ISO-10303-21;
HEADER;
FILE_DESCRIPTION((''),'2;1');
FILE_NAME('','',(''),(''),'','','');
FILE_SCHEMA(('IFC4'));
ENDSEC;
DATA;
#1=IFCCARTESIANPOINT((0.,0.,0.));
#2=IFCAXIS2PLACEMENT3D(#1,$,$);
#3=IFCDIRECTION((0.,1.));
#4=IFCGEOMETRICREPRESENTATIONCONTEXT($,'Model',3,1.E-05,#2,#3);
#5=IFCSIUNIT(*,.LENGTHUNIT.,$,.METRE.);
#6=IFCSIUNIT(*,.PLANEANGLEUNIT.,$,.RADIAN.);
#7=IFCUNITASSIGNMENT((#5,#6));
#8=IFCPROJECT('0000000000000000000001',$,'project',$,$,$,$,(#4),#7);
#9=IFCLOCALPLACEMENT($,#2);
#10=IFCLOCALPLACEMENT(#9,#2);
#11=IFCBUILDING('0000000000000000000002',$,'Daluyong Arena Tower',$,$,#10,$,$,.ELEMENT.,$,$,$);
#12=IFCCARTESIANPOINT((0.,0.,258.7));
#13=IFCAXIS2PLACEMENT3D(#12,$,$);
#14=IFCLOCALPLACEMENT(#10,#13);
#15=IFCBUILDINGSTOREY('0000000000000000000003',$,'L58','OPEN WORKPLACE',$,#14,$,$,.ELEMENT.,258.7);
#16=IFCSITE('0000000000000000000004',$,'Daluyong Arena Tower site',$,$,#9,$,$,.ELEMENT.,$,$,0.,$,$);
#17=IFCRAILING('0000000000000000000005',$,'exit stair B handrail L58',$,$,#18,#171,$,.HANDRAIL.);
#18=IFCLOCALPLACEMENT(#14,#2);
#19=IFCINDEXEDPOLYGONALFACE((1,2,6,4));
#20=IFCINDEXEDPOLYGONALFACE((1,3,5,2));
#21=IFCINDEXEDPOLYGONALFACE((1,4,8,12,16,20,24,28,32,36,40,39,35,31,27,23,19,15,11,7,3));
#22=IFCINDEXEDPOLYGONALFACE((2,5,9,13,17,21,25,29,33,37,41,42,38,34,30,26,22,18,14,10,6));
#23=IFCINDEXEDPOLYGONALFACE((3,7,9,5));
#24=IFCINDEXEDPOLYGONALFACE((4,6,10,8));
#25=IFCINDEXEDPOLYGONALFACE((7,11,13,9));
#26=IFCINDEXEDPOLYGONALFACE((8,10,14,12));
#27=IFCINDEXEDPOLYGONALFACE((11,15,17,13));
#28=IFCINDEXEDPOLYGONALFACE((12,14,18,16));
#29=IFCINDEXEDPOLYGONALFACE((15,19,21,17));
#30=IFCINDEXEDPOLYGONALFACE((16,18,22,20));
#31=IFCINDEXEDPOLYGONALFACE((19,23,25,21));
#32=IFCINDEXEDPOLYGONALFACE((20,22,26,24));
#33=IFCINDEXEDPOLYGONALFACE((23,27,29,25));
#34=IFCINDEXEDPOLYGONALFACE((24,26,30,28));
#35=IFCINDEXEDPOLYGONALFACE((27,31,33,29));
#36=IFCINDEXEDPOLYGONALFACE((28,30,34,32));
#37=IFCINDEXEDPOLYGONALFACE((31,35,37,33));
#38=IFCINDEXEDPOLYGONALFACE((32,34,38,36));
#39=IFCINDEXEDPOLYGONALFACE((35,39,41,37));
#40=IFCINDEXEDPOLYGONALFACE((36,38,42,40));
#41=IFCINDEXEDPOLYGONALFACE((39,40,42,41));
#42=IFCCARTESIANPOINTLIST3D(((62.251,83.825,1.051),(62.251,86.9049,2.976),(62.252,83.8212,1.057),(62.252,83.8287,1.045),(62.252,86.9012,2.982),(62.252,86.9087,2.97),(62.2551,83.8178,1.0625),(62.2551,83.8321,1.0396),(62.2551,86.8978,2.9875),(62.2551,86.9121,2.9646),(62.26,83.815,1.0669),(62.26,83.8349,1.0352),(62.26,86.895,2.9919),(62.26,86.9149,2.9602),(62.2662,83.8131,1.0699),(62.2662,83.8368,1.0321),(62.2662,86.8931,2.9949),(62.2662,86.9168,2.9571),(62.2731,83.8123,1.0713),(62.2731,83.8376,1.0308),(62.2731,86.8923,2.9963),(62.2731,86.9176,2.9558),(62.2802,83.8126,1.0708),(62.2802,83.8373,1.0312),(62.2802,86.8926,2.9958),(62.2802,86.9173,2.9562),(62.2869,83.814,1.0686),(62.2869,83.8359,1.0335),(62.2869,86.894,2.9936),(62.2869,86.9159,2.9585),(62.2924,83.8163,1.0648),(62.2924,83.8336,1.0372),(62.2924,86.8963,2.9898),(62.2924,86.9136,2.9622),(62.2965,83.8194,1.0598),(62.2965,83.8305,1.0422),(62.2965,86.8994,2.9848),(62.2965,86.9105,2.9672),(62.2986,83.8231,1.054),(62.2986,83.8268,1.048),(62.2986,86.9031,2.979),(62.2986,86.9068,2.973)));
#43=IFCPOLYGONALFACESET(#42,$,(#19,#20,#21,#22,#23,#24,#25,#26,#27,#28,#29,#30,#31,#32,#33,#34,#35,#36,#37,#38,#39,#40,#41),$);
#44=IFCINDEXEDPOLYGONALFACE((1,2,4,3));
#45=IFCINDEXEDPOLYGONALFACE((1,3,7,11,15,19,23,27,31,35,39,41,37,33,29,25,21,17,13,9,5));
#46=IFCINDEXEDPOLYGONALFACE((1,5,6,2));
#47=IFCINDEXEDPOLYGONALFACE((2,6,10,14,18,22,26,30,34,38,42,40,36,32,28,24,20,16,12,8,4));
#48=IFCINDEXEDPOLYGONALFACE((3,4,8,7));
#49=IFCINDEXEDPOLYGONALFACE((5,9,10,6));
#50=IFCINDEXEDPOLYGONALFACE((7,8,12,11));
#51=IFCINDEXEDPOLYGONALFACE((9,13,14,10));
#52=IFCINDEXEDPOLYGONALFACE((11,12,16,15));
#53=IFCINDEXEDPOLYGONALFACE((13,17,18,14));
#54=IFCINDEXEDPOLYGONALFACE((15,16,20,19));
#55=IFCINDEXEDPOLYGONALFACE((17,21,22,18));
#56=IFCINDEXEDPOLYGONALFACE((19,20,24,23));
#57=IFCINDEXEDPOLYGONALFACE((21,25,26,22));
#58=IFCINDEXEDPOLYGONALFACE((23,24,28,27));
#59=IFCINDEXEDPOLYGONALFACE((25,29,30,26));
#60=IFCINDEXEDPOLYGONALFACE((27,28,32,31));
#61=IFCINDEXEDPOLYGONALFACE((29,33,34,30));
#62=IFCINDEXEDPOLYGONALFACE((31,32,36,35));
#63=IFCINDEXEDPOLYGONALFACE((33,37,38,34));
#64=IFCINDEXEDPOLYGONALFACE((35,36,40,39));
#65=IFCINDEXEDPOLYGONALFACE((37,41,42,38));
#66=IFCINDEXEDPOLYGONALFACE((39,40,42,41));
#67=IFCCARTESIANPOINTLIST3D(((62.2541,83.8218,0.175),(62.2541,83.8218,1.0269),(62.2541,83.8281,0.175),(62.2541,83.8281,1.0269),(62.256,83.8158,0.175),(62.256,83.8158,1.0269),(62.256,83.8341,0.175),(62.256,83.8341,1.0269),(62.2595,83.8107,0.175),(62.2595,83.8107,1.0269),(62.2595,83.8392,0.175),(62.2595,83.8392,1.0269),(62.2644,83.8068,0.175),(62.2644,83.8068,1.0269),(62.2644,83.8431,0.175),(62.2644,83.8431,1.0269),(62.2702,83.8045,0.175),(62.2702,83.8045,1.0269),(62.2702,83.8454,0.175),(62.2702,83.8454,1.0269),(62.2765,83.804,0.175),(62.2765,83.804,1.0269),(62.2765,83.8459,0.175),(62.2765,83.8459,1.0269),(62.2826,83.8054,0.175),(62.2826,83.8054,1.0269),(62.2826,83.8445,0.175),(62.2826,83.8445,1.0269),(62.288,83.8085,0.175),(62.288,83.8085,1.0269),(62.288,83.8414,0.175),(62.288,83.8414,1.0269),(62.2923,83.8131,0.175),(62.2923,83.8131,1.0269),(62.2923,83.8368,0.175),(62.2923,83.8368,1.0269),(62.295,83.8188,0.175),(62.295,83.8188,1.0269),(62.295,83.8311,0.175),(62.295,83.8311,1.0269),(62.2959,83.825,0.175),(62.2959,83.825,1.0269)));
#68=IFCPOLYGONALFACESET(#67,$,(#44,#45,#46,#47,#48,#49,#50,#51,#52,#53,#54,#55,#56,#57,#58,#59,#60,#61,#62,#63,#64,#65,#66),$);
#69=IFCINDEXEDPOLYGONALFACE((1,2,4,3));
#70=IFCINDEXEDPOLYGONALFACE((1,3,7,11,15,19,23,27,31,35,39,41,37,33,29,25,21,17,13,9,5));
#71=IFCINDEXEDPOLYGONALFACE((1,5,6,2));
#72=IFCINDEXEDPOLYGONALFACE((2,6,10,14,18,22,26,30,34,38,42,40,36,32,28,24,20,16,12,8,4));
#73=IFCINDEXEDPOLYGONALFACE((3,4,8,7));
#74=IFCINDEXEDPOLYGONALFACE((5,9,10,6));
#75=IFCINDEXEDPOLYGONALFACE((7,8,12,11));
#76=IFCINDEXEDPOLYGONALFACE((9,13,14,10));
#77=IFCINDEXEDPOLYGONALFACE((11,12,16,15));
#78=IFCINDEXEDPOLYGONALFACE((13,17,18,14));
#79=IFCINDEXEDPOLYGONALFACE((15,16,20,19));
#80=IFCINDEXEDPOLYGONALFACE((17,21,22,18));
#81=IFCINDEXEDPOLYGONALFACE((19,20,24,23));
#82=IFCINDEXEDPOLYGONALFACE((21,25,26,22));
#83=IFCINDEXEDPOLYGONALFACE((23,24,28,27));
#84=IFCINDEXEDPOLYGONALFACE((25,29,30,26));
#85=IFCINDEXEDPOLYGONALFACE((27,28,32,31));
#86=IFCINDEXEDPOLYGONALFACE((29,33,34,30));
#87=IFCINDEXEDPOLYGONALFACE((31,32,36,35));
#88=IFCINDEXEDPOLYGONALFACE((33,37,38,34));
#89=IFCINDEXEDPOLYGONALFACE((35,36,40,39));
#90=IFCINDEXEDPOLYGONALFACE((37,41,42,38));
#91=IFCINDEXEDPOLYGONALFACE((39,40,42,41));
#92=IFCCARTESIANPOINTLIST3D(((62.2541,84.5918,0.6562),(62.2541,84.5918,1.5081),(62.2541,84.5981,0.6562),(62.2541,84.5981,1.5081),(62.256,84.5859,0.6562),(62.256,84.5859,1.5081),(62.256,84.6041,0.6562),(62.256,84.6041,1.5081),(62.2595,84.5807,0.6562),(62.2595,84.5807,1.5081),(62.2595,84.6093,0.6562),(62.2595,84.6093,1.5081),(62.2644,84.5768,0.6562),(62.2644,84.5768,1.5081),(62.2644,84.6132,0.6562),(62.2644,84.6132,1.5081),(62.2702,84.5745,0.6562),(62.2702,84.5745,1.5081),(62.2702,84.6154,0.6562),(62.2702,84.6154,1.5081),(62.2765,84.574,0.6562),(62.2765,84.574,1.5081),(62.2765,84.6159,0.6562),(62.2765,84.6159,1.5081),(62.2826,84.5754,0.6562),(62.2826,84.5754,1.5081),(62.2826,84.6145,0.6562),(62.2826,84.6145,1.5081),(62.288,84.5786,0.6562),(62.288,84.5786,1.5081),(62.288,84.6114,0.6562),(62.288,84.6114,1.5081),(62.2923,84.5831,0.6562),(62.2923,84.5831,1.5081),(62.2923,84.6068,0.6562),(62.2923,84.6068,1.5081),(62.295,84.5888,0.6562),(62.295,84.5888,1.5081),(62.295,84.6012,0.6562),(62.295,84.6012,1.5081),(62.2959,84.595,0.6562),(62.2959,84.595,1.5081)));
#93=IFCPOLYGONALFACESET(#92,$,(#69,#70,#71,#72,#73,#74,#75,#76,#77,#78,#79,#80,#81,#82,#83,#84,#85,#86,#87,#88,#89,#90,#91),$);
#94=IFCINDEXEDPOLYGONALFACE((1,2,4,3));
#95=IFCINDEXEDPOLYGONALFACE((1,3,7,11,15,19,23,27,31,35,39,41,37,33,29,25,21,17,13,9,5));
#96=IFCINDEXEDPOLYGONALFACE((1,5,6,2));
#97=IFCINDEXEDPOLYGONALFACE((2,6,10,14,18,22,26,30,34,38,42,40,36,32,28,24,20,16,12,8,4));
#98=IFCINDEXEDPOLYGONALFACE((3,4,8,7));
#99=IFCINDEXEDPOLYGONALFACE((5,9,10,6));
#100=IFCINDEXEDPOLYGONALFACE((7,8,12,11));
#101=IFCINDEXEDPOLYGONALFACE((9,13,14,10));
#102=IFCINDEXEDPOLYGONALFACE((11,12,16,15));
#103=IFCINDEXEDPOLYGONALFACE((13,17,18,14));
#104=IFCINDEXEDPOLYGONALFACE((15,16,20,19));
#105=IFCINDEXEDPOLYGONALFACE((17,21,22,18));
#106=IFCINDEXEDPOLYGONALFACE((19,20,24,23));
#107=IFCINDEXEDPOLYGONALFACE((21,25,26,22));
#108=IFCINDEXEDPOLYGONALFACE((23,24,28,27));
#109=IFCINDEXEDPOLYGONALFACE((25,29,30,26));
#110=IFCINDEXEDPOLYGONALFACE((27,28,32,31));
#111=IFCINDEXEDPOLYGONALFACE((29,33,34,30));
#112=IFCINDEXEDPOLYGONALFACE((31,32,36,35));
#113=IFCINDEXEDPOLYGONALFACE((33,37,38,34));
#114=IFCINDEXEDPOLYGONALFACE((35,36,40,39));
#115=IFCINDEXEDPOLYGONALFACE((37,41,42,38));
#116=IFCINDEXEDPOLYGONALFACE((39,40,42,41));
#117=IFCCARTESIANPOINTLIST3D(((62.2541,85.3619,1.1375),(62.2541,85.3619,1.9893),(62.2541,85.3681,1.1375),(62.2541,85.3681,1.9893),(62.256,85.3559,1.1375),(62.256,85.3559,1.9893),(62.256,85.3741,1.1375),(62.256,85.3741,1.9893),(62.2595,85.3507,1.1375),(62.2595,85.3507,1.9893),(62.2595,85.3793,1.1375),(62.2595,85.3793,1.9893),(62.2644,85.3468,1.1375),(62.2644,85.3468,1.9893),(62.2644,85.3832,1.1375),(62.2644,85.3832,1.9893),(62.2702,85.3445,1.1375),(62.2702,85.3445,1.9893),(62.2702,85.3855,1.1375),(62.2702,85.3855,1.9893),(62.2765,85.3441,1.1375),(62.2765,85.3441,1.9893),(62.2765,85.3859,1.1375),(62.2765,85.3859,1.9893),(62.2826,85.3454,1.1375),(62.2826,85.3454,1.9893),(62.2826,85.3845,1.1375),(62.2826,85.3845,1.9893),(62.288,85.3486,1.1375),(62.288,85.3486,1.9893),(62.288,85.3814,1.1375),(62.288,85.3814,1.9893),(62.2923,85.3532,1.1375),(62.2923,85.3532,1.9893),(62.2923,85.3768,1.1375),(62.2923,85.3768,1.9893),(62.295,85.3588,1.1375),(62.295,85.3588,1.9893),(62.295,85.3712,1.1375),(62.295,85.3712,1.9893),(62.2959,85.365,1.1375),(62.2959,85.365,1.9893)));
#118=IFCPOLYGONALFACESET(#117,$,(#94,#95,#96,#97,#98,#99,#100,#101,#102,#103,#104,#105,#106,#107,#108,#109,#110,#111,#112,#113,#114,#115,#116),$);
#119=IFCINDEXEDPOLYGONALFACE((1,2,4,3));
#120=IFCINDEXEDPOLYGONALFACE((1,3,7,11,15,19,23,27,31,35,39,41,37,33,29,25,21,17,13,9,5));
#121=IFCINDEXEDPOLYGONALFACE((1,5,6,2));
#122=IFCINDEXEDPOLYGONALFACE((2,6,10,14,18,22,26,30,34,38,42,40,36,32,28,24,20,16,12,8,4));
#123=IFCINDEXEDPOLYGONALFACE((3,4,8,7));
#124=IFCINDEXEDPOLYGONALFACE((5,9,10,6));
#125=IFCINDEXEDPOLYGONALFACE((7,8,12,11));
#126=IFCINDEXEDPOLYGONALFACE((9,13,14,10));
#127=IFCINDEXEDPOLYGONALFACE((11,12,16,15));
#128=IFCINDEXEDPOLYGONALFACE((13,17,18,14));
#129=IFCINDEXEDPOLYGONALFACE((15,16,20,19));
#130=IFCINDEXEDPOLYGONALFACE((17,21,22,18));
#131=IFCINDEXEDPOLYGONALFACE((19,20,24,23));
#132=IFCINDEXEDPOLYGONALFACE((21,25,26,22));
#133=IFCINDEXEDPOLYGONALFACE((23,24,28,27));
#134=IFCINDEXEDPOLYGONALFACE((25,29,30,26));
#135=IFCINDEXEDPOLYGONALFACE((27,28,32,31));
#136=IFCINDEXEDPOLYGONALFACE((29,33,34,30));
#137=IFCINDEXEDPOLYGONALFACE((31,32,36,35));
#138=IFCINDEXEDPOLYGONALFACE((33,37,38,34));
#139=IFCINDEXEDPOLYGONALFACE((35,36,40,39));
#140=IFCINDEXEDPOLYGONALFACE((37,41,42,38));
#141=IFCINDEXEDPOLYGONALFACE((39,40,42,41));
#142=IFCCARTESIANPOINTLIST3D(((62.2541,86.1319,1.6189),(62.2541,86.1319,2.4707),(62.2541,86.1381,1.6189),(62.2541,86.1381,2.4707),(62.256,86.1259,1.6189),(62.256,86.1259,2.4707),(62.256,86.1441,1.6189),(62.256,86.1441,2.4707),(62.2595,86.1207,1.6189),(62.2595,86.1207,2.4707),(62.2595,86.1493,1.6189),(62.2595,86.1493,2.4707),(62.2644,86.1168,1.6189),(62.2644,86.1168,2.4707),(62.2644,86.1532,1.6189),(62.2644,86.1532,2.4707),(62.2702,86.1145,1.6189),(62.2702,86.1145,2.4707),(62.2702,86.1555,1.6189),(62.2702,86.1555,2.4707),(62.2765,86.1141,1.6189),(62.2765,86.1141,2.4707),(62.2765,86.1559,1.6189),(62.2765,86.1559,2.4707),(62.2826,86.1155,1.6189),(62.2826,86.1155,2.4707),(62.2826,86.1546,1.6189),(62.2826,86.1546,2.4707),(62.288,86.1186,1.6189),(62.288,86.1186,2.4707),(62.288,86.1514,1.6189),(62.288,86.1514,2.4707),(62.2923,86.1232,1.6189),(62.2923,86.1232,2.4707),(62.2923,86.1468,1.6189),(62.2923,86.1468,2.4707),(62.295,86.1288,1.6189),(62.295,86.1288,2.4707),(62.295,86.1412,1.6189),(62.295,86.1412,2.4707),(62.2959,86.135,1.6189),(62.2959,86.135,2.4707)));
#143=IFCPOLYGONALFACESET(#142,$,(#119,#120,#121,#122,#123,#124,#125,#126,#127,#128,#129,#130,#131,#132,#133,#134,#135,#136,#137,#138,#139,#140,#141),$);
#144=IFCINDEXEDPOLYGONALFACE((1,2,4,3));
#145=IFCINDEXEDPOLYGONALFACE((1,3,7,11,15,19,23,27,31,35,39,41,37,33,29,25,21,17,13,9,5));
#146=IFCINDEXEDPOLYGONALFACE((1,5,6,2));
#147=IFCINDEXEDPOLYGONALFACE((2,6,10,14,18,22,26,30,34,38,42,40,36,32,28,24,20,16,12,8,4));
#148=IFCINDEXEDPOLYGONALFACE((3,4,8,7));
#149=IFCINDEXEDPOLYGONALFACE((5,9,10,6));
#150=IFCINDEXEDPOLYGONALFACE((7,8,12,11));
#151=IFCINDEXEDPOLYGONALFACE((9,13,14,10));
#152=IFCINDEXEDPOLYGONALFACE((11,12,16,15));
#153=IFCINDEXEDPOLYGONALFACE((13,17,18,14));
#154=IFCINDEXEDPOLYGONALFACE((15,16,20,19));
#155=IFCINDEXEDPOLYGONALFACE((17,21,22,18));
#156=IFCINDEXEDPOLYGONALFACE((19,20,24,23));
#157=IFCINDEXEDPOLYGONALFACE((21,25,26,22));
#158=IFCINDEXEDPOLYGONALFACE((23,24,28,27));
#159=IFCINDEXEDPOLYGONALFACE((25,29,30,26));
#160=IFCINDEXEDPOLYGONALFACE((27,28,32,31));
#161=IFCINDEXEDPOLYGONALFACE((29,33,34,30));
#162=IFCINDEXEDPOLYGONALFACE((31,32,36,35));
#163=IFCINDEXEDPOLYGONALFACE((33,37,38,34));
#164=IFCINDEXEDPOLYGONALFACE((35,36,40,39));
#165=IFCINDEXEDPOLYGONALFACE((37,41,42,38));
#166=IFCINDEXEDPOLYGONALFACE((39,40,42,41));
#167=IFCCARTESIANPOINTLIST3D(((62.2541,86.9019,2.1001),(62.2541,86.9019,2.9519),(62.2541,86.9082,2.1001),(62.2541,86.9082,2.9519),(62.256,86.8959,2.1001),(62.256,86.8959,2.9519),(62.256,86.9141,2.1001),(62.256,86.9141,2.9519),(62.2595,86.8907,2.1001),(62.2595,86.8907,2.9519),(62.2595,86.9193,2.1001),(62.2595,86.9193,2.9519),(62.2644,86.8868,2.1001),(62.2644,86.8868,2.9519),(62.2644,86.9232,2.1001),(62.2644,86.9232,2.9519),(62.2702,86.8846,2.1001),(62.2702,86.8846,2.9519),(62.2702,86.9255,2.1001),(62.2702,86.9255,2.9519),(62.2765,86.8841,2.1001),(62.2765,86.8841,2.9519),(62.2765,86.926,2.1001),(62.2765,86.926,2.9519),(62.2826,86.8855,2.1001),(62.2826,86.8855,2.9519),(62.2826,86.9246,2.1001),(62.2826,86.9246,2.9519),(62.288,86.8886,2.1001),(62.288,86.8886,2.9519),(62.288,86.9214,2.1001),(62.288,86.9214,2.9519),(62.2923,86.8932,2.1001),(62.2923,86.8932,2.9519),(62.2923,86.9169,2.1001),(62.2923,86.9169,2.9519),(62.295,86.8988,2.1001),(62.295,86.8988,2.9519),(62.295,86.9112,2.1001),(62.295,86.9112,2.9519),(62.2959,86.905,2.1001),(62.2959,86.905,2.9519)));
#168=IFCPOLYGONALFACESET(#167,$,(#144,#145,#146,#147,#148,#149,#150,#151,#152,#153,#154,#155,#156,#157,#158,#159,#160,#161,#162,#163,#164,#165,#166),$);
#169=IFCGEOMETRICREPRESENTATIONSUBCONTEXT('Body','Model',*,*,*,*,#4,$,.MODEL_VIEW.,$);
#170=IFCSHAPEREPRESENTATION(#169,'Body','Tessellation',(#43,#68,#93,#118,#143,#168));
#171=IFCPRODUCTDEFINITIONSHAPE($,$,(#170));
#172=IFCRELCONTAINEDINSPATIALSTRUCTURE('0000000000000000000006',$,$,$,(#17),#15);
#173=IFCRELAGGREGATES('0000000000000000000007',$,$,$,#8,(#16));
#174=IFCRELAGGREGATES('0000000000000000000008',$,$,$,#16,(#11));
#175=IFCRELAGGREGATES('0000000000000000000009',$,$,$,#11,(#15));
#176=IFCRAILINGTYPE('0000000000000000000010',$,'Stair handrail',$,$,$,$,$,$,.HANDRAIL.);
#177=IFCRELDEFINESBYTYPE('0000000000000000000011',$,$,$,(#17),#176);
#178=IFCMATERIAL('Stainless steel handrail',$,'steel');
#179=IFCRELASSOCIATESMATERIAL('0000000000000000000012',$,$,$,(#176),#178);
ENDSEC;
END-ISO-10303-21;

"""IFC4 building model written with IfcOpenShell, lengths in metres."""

from ifc_helpers import new_model, si_unit, direction, frame, origin, origin_2d, place, context, subcontext, project, spatial, circle, extrude, material, type_object, element, save


model = new_model("IFC4")

# Units and contexts
model_context = context("Model", 3, precision=1e-05, world=origin(), true_north=direction((0.0, 1.0)))
body_context = subcontext(model_context, "Body", "Model", "MODEL_VIEW")
ifc_project = project(units=[si_unit("LENGTHUNIT", "METRE"), si_unit("PLANEANGLEUNIT", "RADIAN")], contexts=[model_context])

# Site, building, storey
site_placement = place(None, origin())
site = spatial("IfcSite", under=ifc_project, at=site_placement, Name="Daluyong Arena Tower site", CompositionType="ELEMENT", RefElevation=0.0)
building_placement = place(site_placement, origin())
building = spatial("IfcBuilding", under=site, at=building_placement, Name="Daluyong Arena Tower", CompositionType="ELEMENT")
storey_placement = place(building_placement, frame((0.0, 0.0, 258.7)))
storey = spatial("IfcBuildingStorey", under=building, at=storey_placement, Name="L58", Description="OPEN WORKPLACE", CompositionType="ELEMENT", Elevation=258.7)

# Railing
ifc_material_1 = material(Name="Stainless steel handrail", Category="steel")
railing_type_1 = type_object("IfcRailingType", Name="Stair handrail", PredefinedType="HANDRAIL", material=ifc_material_1)
railing_1_placement = place(storey_placement, frame((62.2749, 83.825, 0.175)))
element("IfcRailing", 1, at=railing_1_placement, inside=storey, type_object=railing_type_1, Name="exit stair B handrail L58", PredefinedType="HANDRAIL", context=body_context, shape_type="SweptSolid", body=[
    extrude(circle(Radius=0.0239, at=origin_2d()), frame((0.0, 0.0, 0.876), z_axis=(0.0, 0.847998, 0.529999), x_axis=(-1.0, 0.0, 0.0)), (0.0, 0.0, 1.0), 3.6321),
    extrude(circle(Radius=0.021, at=origin_2d()), origin(), (0.0, 0.0, 1.0), 0.8518),
    extrude(circle(Radius=0.021, at=origin_2d()), frame((0.0, 0.77, 0.4812)), (0.0, 0.0, 1.0), 0.8518),
    extrude(circle(Radius=0.021, at=origin_2d()), frame((0.0, 1.54, 0.9624)), (0.0, 0.0, 1.0), 0.8518),
    extrude(circle(Radius=0.021, at=origin_2d()), frame((0.0, 2.3101, 1.4438)), (0.0, 0.0, 1.0), 0.8518),
    extrude(circle(Radius=0.021, at=origin_2d()), frame((0.0, 3.0801, 1.925)), (0.0, 0.0, 1.0), 0.8518),
])

save(model, "model.ifc")
